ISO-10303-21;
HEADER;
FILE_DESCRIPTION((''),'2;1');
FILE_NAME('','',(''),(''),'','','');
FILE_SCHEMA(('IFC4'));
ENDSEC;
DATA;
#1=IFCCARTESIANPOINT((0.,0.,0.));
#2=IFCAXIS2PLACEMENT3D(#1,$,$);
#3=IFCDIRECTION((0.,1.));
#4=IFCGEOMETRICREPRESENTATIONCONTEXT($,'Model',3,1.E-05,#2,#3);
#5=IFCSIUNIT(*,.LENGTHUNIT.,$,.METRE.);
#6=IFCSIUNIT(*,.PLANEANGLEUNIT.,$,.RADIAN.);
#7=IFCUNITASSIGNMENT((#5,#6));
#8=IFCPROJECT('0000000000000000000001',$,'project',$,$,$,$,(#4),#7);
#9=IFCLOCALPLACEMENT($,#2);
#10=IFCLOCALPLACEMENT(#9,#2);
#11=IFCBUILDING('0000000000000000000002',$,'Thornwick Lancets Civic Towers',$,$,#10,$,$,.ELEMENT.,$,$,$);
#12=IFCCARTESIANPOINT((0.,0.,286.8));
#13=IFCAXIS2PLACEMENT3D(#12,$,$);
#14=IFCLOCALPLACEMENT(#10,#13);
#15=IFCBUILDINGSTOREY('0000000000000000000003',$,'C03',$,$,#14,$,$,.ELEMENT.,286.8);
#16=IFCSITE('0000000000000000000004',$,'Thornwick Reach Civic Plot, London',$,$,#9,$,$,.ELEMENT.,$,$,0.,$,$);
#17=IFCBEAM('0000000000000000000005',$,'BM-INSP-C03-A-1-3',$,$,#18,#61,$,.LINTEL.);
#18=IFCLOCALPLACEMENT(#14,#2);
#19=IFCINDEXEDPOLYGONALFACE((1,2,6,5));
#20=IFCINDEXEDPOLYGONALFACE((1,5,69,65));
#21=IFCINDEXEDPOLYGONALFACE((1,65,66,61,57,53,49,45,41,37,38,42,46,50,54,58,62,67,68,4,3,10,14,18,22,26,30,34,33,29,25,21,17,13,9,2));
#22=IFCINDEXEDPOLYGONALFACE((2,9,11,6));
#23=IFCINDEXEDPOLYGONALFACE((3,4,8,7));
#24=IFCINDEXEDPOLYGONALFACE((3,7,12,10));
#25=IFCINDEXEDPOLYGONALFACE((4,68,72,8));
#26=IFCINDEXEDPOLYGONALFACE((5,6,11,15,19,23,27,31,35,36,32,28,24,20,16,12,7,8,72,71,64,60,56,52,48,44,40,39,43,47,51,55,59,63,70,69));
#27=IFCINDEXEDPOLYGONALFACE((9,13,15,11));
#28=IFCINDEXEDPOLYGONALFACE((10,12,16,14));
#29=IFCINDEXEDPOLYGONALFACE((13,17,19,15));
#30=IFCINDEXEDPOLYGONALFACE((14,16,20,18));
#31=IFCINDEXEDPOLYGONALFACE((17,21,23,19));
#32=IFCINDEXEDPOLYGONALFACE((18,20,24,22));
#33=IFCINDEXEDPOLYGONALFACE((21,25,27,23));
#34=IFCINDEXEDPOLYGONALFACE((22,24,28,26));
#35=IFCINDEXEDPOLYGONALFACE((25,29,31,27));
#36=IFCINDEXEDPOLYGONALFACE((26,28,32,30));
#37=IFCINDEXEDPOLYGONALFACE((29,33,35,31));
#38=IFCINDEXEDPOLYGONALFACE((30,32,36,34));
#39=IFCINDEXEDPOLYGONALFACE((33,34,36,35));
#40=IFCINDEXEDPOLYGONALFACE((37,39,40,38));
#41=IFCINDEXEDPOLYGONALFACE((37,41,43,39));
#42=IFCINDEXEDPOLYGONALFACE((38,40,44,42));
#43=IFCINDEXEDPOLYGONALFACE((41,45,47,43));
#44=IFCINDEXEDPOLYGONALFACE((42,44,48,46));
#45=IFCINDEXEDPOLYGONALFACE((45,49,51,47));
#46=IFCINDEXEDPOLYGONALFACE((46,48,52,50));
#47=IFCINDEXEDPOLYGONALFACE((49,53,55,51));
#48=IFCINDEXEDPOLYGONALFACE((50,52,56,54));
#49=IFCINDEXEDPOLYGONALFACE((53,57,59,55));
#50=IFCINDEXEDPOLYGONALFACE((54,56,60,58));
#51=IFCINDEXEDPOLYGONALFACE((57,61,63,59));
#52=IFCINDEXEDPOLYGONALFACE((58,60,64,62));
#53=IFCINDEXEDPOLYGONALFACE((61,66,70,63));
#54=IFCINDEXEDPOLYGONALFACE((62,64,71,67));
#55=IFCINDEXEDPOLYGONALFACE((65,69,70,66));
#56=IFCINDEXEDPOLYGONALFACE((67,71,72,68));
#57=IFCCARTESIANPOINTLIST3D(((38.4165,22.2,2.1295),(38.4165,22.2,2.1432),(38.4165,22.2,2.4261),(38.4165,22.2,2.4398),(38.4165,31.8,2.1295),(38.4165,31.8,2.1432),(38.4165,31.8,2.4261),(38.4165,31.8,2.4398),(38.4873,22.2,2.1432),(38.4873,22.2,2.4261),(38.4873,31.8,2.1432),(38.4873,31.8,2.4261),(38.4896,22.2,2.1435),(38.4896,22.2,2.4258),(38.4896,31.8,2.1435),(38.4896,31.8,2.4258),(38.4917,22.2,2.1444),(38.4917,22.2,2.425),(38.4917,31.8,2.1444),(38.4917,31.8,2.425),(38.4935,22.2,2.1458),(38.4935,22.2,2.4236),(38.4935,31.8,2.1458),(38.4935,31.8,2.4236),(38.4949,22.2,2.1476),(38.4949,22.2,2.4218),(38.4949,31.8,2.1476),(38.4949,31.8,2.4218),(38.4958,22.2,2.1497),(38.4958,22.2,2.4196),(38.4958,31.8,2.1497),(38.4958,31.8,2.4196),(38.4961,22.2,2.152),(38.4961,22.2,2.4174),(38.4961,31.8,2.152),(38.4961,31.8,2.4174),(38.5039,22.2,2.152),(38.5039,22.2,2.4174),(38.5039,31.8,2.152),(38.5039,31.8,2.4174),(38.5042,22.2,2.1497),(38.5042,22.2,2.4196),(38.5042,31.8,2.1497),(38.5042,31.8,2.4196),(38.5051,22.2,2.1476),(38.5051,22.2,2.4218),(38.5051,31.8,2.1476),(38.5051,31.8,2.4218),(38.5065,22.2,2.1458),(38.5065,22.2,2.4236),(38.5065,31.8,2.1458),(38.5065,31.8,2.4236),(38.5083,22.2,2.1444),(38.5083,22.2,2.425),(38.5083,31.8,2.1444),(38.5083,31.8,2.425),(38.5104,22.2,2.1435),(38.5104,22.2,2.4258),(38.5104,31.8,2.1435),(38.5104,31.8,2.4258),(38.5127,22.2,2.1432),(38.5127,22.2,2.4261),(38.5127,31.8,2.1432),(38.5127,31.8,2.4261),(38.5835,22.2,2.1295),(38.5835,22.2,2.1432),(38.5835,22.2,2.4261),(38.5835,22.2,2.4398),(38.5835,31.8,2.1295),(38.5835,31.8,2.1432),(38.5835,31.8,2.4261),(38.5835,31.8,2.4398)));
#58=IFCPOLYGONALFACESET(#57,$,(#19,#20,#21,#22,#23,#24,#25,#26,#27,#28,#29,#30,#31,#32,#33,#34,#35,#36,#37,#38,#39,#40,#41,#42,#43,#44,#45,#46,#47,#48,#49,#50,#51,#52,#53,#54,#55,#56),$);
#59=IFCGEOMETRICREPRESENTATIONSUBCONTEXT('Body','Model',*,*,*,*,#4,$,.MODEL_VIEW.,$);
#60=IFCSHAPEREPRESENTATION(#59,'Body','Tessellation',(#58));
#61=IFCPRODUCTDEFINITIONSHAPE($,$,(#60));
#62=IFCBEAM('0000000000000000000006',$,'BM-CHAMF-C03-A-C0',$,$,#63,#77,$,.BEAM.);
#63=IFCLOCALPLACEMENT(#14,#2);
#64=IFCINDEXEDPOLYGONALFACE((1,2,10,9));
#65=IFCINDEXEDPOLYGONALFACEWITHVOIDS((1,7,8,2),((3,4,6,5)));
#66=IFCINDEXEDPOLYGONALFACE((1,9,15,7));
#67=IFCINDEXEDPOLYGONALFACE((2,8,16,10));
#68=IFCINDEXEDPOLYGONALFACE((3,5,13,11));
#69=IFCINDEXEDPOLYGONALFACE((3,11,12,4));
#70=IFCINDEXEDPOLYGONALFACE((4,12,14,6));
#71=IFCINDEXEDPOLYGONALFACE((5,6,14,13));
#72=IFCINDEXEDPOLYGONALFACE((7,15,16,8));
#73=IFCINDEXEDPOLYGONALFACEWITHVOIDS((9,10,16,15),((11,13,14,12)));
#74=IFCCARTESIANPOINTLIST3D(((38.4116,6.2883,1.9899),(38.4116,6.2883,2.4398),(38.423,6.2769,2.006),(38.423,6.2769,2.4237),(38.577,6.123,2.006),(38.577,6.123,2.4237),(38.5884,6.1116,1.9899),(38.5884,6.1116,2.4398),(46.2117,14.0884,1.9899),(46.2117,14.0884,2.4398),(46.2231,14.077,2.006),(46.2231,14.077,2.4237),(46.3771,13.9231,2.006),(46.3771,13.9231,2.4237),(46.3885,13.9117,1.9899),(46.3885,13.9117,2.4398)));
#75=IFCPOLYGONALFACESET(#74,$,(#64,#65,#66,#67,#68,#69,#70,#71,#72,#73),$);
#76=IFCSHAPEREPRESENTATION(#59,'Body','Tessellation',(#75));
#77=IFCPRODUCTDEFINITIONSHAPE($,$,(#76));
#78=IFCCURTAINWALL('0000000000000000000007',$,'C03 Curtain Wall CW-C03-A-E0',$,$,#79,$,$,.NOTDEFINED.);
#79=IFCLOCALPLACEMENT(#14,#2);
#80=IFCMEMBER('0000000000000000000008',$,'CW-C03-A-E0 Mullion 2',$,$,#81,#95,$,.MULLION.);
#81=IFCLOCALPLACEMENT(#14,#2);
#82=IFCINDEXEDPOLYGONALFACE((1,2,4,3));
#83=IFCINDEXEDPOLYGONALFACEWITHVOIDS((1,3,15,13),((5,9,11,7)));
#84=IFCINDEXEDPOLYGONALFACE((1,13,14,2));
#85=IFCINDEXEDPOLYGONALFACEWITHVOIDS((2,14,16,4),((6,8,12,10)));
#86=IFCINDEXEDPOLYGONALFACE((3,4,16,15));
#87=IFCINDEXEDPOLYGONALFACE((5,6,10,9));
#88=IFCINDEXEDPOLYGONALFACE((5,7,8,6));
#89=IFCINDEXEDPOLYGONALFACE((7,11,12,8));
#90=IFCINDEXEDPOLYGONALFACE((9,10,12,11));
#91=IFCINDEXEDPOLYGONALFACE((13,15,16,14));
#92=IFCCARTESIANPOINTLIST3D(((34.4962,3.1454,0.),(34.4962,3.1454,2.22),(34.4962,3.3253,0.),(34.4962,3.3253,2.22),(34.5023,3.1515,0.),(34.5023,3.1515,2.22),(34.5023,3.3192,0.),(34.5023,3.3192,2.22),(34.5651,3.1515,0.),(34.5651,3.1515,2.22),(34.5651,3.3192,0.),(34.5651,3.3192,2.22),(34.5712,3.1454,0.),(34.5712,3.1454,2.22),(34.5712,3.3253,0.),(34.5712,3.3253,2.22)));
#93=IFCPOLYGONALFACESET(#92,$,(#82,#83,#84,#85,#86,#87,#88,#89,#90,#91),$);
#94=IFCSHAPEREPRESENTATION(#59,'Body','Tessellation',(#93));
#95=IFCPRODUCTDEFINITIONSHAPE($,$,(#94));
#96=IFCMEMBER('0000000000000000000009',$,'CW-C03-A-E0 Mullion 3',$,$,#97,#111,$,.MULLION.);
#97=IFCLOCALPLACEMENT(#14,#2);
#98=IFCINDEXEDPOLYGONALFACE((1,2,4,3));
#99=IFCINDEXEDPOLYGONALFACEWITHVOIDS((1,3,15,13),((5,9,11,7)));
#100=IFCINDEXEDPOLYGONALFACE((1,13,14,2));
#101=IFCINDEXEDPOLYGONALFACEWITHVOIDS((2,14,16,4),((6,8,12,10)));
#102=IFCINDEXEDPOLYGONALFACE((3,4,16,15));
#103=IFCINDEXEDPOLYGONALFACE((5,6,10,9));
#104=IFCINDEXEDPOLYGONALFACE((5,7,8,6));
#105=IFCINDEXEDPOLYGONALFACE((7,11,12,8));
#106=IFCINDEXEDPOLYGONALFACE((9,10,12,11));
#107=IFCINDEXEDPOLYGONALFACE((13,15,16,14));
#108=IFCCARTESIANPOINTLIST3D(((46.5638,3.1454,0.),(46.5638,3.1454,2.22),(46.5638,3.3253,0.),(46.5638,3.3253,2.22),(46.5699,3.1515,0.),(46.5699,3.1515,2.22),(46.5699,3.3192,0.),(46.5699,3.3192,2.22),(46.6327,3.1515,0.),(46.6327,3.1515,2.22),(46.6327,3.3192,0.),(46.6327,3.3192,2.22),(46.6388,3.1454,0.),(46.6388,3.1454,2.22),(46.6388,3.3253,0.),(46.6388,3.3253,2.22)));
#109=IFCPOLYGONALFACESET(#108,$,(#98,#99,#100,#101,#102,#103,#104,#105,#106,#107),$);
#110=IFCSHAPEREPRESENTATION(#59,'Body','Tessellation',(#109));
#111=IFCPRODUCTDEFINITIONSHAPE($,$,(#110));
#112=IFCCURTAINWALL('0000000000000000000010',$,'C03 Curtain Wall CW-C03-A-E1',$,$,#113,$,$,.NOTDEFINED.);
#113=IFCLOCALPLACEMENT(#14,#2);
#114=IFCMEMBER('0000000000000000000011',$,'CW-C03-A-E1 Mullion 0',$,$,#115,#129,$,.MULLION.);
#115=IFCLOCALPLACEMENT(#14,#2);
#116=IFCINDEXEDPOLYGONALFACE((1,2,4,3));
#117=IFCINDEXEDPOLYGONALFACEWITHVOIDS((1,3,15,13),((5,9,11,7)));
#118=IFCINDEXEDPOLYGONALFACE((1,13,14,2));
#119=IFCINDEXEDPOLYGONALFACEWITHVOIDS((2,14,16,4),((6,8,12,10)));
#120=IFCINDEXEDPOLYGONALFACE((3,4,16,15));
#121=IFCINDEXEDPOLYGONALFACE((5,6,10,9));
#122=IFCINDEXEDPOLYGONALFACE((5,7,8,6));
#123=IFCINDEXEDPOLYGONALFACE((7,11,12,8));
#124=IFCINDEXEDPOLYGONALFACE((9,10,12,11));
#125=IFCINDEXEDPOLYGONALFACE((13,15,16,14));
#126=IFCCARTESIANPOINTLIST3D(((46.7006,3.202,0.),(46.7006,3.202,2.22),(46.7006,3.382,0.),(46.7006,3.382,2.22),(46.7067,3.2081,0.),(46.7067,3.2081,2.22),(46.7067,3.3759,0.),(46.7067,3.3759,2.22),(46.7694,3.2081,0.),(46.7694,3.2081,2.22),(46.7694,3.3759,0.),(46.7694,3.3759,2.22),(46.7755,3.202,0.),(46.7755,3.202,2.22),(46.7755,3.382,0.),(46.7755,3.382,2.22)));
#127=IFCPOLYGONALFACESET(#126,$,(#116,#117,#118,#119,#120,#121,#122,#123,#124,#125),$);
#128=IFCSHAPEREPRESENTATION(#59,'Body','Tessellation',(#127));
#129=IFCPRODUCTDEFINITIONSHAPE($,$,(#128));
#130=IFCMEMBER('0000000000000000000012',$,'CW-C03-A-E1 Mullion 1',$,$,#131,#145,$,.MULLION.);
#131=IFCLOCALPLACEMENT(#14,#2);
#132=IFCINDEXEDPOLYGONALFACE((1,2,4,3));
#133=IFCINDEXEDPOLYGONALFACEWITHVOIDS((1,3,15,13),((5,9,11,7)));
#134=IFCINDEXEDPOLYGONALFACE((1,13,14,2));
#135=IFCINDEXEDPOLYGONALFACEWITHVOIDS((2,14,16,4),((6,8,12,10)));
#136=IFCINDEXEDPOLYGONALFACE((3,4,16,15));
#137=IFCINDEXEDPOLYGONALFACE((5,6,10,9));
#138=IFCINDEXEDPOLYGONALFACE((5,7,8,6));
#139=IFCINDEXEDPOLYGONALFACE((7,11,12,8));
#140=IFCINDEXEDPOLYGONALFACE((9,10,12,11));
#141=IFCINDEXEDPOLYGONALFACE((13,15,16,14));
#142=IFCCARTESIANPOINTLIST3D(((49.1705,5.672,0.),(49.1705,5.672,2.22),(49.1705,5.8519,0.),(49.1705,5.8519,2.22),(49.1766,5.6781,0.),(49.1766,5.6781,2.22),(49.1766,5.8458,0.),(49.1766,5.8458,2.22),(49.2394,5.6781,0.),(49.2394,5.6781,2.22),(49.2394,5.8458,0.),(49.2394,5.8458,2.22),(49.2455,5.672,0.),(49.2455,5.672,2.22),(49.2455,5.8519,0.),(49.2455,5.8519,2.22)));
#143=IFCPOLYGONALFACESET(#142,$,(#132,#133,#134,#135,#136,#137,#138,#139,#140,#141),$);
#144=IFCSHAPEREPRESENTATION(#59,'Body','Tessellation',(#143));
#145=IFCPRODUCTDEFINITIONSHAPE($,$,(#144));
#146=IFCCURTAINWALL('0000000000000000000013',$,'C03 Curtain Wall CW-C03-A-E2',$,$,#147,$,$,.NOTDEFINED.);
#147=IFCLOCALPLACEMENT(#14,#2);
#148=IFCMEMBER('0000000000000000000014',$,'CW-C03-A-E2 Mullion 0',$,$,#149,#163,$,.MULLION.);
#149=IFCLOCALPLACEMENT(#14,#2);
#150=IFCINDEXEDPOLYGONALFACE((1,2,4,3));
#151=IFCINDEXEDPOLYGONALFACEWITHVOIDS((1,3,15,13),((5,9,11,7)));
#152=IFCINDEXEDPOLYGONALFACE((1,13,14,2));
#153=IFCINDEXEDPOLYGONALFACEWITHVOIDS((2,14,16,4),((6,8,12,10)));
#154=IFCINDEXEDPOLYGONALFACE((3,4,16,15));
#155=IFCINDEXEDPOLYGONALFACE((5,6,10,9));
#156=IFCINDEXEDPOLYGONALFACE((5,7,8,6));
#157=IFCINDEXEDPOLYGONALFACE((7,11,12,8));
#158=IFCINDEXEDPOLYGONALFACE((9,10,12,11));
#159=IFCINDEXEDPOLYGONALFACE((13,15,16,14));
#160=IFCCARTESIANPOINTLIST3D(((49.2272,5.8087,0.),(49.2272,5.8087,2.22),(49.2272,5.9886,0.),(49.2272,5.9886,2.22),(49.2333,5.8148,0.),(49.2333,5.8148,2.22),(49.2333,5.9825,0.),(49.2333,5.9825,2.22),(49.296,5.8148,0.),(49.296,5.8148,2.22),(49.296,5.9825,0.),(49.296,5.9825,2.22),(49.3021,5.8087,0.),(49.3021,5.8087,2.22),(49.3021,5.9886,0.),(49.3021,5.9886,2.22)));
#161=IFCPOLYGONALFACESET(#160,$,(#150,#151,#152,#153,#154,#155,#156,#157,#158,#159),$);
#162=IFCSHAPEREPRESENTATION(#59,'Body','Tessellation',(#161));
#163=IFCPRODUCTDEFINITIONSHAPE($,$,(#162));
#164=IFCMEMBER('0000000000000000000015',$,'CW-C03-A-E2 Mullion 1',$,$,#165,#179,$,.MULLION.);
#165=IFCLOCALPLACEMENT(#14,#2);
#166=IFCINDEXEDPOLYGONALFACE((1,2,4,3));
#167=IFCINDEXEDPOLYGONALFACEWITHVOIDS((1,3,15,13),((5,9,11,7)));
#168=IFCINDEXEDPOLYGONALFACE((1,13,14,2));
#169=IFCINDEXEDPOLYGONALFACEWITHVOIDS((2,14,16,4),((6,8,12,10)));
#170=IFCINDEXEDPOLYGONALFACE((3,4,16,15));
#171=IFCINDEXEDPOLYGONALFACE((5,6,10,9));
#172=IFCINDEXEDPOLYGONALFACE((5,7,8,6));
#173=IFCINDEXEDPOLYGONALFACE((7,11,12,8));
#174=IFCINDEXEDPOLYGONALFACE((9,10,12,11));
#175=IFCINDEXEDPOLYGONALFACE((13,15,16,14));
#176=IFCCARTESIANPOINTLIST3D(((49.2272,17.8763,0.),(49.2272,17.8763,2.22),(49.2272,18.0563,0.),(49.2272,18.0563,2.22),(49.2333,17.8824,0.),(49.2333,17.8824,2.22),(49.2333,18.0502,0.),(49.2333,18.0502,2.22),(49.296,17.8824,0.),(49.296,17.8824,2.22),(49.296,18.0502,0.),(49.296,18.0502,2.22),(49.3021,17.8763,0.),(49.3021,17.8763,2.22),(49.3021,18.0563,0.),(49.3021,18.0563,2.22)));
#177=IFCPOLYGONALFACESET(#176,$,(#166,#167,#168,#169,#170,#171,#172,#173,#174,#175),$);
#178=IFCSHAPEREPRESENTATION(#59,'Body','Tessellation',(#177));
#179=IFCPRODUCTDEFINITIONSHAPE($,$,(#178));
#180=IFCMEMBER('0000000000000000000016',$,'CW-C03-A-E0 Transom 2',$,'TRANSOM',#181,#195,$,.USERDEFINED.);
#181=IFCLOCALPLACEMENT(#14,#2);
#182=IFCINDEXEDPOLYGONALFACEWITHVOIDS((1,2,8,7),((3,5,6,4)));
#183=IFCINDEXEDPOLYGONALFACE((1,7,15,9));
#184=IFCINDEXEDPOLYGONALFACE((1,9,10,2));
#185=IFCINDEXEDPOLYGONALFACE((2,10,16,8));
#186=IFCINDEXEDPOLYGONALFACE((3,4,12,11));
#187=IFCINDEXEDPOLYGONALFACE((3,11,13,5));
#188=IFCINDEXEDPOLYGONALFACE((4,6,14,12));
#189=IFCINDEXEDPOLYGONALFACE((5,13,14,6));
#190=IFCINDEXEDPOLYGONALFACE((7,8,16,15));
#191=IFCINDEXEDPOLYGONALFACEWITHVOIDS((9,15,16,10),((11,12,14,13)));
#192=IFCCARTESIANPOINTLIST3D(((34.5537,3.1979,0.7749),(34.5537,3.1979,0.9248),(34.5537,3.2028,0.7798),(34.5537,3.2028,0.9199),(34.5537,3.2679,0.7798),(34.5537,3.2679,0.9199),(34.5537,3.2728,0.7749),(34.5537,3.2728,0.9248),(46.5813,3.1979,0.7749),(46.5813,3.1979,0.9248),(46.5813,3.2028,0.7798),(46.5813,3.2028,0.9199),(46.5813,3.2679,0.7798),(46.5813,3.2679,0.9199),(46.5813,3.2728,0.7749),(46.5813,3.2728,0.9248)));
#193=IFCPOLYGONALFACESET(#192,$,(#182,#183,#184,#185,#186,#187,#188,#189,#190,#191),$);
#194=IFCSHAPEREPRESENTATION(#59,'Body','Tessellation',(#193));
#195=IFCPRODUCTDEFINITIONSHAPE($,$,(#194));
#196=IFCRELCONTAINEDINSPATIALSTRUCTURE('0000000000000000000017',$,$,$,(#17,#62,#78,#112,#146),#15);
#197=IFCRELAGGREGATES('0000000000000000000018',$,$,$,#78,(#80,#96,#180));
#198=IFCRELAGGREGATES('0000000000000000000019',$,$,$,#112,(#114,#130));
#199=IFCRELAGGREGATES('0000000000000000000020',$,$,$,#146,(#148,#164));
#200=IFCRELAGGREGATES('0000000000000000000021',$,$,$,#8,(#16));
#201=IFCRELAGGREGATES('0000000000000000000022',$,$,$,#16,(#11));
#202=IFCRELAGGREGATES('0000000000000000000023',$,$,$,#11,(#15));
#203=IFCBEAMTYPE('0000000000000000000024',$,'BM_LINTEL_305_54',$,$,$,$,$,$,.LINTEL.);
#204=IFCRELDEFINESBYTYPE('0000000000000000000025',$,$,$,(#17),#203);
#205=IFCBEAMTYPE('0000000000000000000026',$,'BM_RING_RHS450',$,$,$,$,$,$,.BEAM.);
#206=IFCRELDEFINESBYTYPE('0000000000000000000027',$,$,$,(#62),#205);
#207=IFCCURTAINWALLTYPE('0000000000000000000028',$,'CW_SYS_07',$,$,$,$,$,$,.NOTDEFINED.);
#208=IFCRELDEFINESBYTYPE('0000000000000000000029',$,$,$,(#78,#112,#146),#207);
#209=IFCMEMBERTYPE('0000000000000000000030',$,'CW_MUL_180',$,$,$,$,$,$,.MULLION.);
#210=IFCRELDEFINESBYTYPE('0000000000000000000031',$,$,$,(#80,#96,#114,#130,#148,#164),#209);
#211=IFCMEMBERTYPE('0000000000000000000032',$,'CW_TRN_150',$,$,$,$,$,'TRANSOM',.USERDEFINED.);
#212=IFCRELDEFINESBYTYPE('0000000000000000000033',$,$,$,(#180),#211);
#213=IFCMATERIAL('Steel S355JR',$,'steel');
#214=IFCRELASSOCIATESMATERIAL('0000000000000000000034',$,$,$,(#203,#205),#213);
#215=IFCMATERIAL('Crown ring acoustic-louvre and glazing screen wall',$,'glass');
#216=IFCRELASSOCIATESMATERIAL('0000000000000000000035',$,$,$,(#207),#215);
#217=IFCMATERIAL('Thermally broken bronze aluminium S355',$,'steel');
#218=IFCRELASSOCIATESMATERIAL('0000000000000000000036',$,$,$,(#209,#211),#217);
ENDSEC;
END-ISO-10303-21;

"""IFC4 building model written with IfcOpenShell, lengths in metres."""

from ifc_helpers import new_model, si_unit, direction, frame, origin, origin_2d, place, context, subcontext, project, spatial, hollow_rectangle, i_section, extrude, material, material_profile, profile_set, type_object, element, aggregate, save


model = new_model("IFC4")

# Units and contexts
model_context = context("Model", 3, precision=1e-05, world=origin(), true_north=direction((0.0, 1.0)))
body_context = subcontext(model_context, "Body", "Model", "MODEL_VIEW")
ifc_project = project(units=[si_unit("LENGTHUNIT", "METRE"), si_unit("PLANEANGLEUNIT", "RADIAN")], contexts=[model_context])

# Site, building, storey
site_placement = place(None, origin())
site = spatial("IfcSite", under=ifc_project, at=site_placement, Name="Thornwick Reach Civic Plot, London", CompositionType="ELEMENT", RefElevation=0.0)
building_placement = place(site_placement, origin())
building = spatial("IfcBuilding", under=site, at=building_placement, Name="Thornwick Lancets Civic Towers", CompositionType="ELEMENT")
storey_placement = place(building_placement, frame((0.0, 0.0, 286.8)))
storey = spatial("IfcBuildingStorey", under=building, at=storey_placement, Name="C03", CompositionType="ELEMENT", Elevation=286.8)

# Shared definitions
ifc_material_1 = material(Name="Steel S355JR", Category="steel")

# Beams
ifc_material_profile_1 = material_profile(ifc_material_1, i_section(OverallWidth=0.167, OverallDepth=0.3103, WebThickness=0.0078, FlangeThickness=0.0137, FilletRadius=0.0088, at=origin_2d()), Name="UKB 305x165x54")
ifc_profile_set_1 = profile_set([ifc_material_profile_1], Name="Steel S355JR")
beam_type_1 = type_object("IfcBeamType", Name="BM_LINTEL_305_54", PredefinedType="LINTEL", material=ifc_profile_set_1)
beam_1_placement = place(storey_placement, frame((38.5, 22.2, 2.2847), z_axis=(0.0, 1.0, 0.0), x_axis=(-1.0, 0.0, 0.0)))
element("IfcBeam", 1, at=beam_1_placement, inside=storey, type_object=beam_type_1, Name="BM-INSP-C03-A-1-3", PredefinedType="LINTEL", context=body_context, shape_type="SweptSolid", body=[
    extrude(i_section(OverallWidth=0.167, OverallDepth=0.3103, WebThickness=0.0078, FlangeThickness=0.0137, FilletRadius=0.0088, at=origin_2d()), origin(), (0.0, 0.0, 1.0), 9.6001),
])
ifc_material_profile_2 = material_profile(ifc_material_1, hollow_rectangle(XDim=0.25, YDim=0.45, WallThickness=0.0161, at=origin_2d()), Name="RHS 450x250x16")
ifc_profile_set_2 = profile_set([ifc_material_profile_2], Name="Steel S355JR")
beam_type_2 = type_object("IfcBeamType", Name="BM_RING_RHS450", PredefinedType="BEAM", material=ifc_profile_set_2)
beam_2_placement = place(storey_placement, frame((38.5, 6.2, 2.2148), z_axis=(0.707107, 0.707107, 0.0), x_axis=(-0.707107, 0.707107, 0.0)))
element("IfcBeam", 2, at=beam_2_placement, inside=storey, type_object=beam_type_2, Name="BM-CHAMF-C03-A-C0", PredefinedType="BEAM", context=body_context, shape_type="SweptSolid", body=[
    extrude(hollow_rectangle(XDim=0.25, YDim=0.45, WallThickness=0.0161, at=origin_2d()), origin(), (0.0, 0.0, 1.0), 11.031),
])

# Curtain walls, members
ifc_material_2 = material(Name="Crown ring acoustic-louvre and glazing screen wall", Category="glass")
curtain_wall_type = type_object("IfcCurtainWallType", Name="CW_SYS_07", PredefinedType="NOTDEFINED", material=ifc_material_2)
curtain_wall_1_placement = place(storey_placement, origin())
curtain_wall_1 = element("IfcCurtainWall", 3, at=curtain_wall_1_placement, inside=storey, type_object=curtain_wall_type, Name="C03 Curtain Wall CW-C03-A-E0", PredefinedType="NOTDEFINED")
ifc_material_3 = material(Name="Thermally broken bronze aluminium S355", Category="steel")
ifc_material_profile_3 = material_profile(ifc_material_3, hollow_rectangle(XDim=0.075, YDim=0.1799, WallThickness=0.0061, at=origin_2d()), Name="RHS 180x75x6")
ifc_profile_set_3 = profile_set([ifc_material_profile_3], Name="Thermally broken bronze aluminium S355")
member_type_1 = type_object("IfcMemberType", Name="CW_MUL_180", PredefinedType="MULLION", material=ifc_profile_set_3)
member_1_placement = place(storey_placement, frame((34.5337, 3.2354, 0.0), z_axis=(0.0, 0.0, 1.0), x_axis=(1.0, 0.0, 0.0)))
member_1 = element("IfcMember", 4, at=member_1_placement, type_object=member_type_1, Name="CW-C03-A-E0 Mullion 2", PredefinedType="MULLION", context=body_context, shape_type="SweptSolid", body=[
    extrude(hollow_rectangle(XDim=0.075, YDim=0.1799, WallThickness=0.0061, at=origin_2d()), origin(), (0.0, 0.0, 1.0), 2.22),
])
member_2_placement = place(storey_placement, frame((46.6013, 3.2354, 0.0), z_axis=(0.0, 0.0, 1.0), x_axis=(1.0, 0.0, 0.0)))
member_2 = element("IfcMember", 5, at=member_2_placement, type_object=member_type_1, Name="CW-C03-A-E0 Mullion 3", PredefinedType="MULLION", context=body_context, shape_type="SweptSolid", body=[
    extrude(hollow_rectangle(XDim=0.075, YDim=0.1799, WallThickness=0.0061, at=origin_2d()), origin(), (0.0, 0.0, 1.0), 2.22),
])
curtain_wall_2_placement = place(storey_placement, origin())
curtain_wall_2 = element("IfcCurtainWall", 6, at=curtain_wall_2_placement, inside=storey, type_object=curtain_wall_type, Name="C03 Curtain Wall CW-C03-A-E1", PredefinedType="NOTDEFINED")
member_3_placement = place(storey_placement, frame((46.738, 3.292, 0.0), z_axis=(0.0, 0.0, 1.0), x_axis=(1.0, 0.0, 0.0)))
member_3 = element("IfcMember", 7, at=member_3_placement, type_object=member_type_1, Name="CW-C03-A-E1 Mullion 0", PredefinedType="MULLION", context=body_context, shape_type="SweptSolid", body=[
    extrude(hollow_rectangle(XDim=0.075, YDim=0.1799, WallThickness=0.0061, at=origin_2d()), origin(), (0.0, 0.0, 1.0), 2.22),
])
member_4_placement = place(storey_placement, frame((49.208, 5.762, 0.0), z_axis=(0.0, 0.0, 1.0), x_axis=(1.0, 0.0, 0.0)))
member_4 = element("IfcMember", 8, at=member_4_placement, type_object=member_type_1, Name="CW-C03-A-E1 Mullion 1", PredefinedType="MULLION", context=body_context, shape_type="SweptSolid", body=[
    extrude(hollow_rectangle(XDim=0.075, YDim=0.1799, WallThickness=0.0061, at=origin_2d()), origin(), (0.0, 0.0, 1.0), 2.22),
])
curtain_wall_3_placement = place(storey_placement, origin())
curtain_wall_3 = element("IfcCurtainWall", 9, at=curtain_wall_3_placement, inside=storey, type_object=curtain_wall_type, Name="C03 Curtain Wall CW-C03-A-E2", PredefinedType="NOTDEFINED")
member_5_placement = place(storey_placement, frame((49.2646, 5.8987, 0.0), z_axis=(0.0, 0.0, 1.0), x_axis=(1.0, 0.0, 0.0)))
member_5 = element("IfcMember", 10, at=member_5_placement, type_object=member_type_1, Name="CW-C03-A-E2 Mullion 0", PredefinedType="MULLION", context=body_context, shape_type="SweptSolid", body=[
    extrude(hollow_rectangle(XDim=0.075, YDim=0.1799, WallThickness=0.0061, at=origin_2d()), origin(), (0.0, 0.0, 1.0), 2.22),
])
member_6_placement = place(storey_placement, frame((49.2646, 17.9663, 0.0), z_axis=(0.0, 0.0, 1.0), x_axis=(1.0, 0.0, 0.0)))
member_6 = element("IfcMember", 11, at=member_6_placement, type_object=member_type_1, Name="CW-C03-A-E2 Mullion 1", PredefinedType="MULLION", context=body_context, shape_type="SweptSolid", body=[
    extrude(hollow_rectangle(XDim=0.075, YDim=0.1799, WallThickness=0.0061, at=origin_2d()), origin(), (0.0, 0.0, 1.0), 2.22),
])

# Member
ifc_material_profile_4 = material_profile(ifc_material_3, hollow_rectangle(XDim=0.075, YDim=0.1499, WallThickness=0.0049, at=origin_2d()), Name="RHS 150x75x5")
ifc_profile_set_4 = profile_set([ifc_material_profile_4], Name="Thermally broken bronze aluminium S355")
member_type_2 = type_object("IfcMemberType", Name="CW_TRN_150", ElementType="TRANSOM", PredefinedType="USERDEFINED", material=ifc_profile_set_4)
member_7_placement = place(storey_placement, frame((34.5537, 3.2354, 0.8499), z_axis=(1.0, 0.0, 0.0), x_axis=(0.0, 1.0, 0.0)))
member_7 = element("IfcMember", 12, at=member_7_placement, type_object=member_type_2, Name="CW-C03-A-E0 Transom 2", ObjectType="TRANSOM", PredefinedType="USERDEFINED", context=body_context, shape_type="SweptSolid", body=[
    extrude(hollow_rectangle(XDim=0.075, YDim=0.1499, WallThickness=0.0049, at=origin_2d()), origin(), (0.0, 0.0, 1.0), 12.0276),
])

aggregate(curtain_wall_1, [member_1, member_2, member_7])
aggregate(curtain_wall_2, [member_3, member_4])
aggregate(curtain_wall_3, [member_5, member_6])

save(model, "model.ifc")
